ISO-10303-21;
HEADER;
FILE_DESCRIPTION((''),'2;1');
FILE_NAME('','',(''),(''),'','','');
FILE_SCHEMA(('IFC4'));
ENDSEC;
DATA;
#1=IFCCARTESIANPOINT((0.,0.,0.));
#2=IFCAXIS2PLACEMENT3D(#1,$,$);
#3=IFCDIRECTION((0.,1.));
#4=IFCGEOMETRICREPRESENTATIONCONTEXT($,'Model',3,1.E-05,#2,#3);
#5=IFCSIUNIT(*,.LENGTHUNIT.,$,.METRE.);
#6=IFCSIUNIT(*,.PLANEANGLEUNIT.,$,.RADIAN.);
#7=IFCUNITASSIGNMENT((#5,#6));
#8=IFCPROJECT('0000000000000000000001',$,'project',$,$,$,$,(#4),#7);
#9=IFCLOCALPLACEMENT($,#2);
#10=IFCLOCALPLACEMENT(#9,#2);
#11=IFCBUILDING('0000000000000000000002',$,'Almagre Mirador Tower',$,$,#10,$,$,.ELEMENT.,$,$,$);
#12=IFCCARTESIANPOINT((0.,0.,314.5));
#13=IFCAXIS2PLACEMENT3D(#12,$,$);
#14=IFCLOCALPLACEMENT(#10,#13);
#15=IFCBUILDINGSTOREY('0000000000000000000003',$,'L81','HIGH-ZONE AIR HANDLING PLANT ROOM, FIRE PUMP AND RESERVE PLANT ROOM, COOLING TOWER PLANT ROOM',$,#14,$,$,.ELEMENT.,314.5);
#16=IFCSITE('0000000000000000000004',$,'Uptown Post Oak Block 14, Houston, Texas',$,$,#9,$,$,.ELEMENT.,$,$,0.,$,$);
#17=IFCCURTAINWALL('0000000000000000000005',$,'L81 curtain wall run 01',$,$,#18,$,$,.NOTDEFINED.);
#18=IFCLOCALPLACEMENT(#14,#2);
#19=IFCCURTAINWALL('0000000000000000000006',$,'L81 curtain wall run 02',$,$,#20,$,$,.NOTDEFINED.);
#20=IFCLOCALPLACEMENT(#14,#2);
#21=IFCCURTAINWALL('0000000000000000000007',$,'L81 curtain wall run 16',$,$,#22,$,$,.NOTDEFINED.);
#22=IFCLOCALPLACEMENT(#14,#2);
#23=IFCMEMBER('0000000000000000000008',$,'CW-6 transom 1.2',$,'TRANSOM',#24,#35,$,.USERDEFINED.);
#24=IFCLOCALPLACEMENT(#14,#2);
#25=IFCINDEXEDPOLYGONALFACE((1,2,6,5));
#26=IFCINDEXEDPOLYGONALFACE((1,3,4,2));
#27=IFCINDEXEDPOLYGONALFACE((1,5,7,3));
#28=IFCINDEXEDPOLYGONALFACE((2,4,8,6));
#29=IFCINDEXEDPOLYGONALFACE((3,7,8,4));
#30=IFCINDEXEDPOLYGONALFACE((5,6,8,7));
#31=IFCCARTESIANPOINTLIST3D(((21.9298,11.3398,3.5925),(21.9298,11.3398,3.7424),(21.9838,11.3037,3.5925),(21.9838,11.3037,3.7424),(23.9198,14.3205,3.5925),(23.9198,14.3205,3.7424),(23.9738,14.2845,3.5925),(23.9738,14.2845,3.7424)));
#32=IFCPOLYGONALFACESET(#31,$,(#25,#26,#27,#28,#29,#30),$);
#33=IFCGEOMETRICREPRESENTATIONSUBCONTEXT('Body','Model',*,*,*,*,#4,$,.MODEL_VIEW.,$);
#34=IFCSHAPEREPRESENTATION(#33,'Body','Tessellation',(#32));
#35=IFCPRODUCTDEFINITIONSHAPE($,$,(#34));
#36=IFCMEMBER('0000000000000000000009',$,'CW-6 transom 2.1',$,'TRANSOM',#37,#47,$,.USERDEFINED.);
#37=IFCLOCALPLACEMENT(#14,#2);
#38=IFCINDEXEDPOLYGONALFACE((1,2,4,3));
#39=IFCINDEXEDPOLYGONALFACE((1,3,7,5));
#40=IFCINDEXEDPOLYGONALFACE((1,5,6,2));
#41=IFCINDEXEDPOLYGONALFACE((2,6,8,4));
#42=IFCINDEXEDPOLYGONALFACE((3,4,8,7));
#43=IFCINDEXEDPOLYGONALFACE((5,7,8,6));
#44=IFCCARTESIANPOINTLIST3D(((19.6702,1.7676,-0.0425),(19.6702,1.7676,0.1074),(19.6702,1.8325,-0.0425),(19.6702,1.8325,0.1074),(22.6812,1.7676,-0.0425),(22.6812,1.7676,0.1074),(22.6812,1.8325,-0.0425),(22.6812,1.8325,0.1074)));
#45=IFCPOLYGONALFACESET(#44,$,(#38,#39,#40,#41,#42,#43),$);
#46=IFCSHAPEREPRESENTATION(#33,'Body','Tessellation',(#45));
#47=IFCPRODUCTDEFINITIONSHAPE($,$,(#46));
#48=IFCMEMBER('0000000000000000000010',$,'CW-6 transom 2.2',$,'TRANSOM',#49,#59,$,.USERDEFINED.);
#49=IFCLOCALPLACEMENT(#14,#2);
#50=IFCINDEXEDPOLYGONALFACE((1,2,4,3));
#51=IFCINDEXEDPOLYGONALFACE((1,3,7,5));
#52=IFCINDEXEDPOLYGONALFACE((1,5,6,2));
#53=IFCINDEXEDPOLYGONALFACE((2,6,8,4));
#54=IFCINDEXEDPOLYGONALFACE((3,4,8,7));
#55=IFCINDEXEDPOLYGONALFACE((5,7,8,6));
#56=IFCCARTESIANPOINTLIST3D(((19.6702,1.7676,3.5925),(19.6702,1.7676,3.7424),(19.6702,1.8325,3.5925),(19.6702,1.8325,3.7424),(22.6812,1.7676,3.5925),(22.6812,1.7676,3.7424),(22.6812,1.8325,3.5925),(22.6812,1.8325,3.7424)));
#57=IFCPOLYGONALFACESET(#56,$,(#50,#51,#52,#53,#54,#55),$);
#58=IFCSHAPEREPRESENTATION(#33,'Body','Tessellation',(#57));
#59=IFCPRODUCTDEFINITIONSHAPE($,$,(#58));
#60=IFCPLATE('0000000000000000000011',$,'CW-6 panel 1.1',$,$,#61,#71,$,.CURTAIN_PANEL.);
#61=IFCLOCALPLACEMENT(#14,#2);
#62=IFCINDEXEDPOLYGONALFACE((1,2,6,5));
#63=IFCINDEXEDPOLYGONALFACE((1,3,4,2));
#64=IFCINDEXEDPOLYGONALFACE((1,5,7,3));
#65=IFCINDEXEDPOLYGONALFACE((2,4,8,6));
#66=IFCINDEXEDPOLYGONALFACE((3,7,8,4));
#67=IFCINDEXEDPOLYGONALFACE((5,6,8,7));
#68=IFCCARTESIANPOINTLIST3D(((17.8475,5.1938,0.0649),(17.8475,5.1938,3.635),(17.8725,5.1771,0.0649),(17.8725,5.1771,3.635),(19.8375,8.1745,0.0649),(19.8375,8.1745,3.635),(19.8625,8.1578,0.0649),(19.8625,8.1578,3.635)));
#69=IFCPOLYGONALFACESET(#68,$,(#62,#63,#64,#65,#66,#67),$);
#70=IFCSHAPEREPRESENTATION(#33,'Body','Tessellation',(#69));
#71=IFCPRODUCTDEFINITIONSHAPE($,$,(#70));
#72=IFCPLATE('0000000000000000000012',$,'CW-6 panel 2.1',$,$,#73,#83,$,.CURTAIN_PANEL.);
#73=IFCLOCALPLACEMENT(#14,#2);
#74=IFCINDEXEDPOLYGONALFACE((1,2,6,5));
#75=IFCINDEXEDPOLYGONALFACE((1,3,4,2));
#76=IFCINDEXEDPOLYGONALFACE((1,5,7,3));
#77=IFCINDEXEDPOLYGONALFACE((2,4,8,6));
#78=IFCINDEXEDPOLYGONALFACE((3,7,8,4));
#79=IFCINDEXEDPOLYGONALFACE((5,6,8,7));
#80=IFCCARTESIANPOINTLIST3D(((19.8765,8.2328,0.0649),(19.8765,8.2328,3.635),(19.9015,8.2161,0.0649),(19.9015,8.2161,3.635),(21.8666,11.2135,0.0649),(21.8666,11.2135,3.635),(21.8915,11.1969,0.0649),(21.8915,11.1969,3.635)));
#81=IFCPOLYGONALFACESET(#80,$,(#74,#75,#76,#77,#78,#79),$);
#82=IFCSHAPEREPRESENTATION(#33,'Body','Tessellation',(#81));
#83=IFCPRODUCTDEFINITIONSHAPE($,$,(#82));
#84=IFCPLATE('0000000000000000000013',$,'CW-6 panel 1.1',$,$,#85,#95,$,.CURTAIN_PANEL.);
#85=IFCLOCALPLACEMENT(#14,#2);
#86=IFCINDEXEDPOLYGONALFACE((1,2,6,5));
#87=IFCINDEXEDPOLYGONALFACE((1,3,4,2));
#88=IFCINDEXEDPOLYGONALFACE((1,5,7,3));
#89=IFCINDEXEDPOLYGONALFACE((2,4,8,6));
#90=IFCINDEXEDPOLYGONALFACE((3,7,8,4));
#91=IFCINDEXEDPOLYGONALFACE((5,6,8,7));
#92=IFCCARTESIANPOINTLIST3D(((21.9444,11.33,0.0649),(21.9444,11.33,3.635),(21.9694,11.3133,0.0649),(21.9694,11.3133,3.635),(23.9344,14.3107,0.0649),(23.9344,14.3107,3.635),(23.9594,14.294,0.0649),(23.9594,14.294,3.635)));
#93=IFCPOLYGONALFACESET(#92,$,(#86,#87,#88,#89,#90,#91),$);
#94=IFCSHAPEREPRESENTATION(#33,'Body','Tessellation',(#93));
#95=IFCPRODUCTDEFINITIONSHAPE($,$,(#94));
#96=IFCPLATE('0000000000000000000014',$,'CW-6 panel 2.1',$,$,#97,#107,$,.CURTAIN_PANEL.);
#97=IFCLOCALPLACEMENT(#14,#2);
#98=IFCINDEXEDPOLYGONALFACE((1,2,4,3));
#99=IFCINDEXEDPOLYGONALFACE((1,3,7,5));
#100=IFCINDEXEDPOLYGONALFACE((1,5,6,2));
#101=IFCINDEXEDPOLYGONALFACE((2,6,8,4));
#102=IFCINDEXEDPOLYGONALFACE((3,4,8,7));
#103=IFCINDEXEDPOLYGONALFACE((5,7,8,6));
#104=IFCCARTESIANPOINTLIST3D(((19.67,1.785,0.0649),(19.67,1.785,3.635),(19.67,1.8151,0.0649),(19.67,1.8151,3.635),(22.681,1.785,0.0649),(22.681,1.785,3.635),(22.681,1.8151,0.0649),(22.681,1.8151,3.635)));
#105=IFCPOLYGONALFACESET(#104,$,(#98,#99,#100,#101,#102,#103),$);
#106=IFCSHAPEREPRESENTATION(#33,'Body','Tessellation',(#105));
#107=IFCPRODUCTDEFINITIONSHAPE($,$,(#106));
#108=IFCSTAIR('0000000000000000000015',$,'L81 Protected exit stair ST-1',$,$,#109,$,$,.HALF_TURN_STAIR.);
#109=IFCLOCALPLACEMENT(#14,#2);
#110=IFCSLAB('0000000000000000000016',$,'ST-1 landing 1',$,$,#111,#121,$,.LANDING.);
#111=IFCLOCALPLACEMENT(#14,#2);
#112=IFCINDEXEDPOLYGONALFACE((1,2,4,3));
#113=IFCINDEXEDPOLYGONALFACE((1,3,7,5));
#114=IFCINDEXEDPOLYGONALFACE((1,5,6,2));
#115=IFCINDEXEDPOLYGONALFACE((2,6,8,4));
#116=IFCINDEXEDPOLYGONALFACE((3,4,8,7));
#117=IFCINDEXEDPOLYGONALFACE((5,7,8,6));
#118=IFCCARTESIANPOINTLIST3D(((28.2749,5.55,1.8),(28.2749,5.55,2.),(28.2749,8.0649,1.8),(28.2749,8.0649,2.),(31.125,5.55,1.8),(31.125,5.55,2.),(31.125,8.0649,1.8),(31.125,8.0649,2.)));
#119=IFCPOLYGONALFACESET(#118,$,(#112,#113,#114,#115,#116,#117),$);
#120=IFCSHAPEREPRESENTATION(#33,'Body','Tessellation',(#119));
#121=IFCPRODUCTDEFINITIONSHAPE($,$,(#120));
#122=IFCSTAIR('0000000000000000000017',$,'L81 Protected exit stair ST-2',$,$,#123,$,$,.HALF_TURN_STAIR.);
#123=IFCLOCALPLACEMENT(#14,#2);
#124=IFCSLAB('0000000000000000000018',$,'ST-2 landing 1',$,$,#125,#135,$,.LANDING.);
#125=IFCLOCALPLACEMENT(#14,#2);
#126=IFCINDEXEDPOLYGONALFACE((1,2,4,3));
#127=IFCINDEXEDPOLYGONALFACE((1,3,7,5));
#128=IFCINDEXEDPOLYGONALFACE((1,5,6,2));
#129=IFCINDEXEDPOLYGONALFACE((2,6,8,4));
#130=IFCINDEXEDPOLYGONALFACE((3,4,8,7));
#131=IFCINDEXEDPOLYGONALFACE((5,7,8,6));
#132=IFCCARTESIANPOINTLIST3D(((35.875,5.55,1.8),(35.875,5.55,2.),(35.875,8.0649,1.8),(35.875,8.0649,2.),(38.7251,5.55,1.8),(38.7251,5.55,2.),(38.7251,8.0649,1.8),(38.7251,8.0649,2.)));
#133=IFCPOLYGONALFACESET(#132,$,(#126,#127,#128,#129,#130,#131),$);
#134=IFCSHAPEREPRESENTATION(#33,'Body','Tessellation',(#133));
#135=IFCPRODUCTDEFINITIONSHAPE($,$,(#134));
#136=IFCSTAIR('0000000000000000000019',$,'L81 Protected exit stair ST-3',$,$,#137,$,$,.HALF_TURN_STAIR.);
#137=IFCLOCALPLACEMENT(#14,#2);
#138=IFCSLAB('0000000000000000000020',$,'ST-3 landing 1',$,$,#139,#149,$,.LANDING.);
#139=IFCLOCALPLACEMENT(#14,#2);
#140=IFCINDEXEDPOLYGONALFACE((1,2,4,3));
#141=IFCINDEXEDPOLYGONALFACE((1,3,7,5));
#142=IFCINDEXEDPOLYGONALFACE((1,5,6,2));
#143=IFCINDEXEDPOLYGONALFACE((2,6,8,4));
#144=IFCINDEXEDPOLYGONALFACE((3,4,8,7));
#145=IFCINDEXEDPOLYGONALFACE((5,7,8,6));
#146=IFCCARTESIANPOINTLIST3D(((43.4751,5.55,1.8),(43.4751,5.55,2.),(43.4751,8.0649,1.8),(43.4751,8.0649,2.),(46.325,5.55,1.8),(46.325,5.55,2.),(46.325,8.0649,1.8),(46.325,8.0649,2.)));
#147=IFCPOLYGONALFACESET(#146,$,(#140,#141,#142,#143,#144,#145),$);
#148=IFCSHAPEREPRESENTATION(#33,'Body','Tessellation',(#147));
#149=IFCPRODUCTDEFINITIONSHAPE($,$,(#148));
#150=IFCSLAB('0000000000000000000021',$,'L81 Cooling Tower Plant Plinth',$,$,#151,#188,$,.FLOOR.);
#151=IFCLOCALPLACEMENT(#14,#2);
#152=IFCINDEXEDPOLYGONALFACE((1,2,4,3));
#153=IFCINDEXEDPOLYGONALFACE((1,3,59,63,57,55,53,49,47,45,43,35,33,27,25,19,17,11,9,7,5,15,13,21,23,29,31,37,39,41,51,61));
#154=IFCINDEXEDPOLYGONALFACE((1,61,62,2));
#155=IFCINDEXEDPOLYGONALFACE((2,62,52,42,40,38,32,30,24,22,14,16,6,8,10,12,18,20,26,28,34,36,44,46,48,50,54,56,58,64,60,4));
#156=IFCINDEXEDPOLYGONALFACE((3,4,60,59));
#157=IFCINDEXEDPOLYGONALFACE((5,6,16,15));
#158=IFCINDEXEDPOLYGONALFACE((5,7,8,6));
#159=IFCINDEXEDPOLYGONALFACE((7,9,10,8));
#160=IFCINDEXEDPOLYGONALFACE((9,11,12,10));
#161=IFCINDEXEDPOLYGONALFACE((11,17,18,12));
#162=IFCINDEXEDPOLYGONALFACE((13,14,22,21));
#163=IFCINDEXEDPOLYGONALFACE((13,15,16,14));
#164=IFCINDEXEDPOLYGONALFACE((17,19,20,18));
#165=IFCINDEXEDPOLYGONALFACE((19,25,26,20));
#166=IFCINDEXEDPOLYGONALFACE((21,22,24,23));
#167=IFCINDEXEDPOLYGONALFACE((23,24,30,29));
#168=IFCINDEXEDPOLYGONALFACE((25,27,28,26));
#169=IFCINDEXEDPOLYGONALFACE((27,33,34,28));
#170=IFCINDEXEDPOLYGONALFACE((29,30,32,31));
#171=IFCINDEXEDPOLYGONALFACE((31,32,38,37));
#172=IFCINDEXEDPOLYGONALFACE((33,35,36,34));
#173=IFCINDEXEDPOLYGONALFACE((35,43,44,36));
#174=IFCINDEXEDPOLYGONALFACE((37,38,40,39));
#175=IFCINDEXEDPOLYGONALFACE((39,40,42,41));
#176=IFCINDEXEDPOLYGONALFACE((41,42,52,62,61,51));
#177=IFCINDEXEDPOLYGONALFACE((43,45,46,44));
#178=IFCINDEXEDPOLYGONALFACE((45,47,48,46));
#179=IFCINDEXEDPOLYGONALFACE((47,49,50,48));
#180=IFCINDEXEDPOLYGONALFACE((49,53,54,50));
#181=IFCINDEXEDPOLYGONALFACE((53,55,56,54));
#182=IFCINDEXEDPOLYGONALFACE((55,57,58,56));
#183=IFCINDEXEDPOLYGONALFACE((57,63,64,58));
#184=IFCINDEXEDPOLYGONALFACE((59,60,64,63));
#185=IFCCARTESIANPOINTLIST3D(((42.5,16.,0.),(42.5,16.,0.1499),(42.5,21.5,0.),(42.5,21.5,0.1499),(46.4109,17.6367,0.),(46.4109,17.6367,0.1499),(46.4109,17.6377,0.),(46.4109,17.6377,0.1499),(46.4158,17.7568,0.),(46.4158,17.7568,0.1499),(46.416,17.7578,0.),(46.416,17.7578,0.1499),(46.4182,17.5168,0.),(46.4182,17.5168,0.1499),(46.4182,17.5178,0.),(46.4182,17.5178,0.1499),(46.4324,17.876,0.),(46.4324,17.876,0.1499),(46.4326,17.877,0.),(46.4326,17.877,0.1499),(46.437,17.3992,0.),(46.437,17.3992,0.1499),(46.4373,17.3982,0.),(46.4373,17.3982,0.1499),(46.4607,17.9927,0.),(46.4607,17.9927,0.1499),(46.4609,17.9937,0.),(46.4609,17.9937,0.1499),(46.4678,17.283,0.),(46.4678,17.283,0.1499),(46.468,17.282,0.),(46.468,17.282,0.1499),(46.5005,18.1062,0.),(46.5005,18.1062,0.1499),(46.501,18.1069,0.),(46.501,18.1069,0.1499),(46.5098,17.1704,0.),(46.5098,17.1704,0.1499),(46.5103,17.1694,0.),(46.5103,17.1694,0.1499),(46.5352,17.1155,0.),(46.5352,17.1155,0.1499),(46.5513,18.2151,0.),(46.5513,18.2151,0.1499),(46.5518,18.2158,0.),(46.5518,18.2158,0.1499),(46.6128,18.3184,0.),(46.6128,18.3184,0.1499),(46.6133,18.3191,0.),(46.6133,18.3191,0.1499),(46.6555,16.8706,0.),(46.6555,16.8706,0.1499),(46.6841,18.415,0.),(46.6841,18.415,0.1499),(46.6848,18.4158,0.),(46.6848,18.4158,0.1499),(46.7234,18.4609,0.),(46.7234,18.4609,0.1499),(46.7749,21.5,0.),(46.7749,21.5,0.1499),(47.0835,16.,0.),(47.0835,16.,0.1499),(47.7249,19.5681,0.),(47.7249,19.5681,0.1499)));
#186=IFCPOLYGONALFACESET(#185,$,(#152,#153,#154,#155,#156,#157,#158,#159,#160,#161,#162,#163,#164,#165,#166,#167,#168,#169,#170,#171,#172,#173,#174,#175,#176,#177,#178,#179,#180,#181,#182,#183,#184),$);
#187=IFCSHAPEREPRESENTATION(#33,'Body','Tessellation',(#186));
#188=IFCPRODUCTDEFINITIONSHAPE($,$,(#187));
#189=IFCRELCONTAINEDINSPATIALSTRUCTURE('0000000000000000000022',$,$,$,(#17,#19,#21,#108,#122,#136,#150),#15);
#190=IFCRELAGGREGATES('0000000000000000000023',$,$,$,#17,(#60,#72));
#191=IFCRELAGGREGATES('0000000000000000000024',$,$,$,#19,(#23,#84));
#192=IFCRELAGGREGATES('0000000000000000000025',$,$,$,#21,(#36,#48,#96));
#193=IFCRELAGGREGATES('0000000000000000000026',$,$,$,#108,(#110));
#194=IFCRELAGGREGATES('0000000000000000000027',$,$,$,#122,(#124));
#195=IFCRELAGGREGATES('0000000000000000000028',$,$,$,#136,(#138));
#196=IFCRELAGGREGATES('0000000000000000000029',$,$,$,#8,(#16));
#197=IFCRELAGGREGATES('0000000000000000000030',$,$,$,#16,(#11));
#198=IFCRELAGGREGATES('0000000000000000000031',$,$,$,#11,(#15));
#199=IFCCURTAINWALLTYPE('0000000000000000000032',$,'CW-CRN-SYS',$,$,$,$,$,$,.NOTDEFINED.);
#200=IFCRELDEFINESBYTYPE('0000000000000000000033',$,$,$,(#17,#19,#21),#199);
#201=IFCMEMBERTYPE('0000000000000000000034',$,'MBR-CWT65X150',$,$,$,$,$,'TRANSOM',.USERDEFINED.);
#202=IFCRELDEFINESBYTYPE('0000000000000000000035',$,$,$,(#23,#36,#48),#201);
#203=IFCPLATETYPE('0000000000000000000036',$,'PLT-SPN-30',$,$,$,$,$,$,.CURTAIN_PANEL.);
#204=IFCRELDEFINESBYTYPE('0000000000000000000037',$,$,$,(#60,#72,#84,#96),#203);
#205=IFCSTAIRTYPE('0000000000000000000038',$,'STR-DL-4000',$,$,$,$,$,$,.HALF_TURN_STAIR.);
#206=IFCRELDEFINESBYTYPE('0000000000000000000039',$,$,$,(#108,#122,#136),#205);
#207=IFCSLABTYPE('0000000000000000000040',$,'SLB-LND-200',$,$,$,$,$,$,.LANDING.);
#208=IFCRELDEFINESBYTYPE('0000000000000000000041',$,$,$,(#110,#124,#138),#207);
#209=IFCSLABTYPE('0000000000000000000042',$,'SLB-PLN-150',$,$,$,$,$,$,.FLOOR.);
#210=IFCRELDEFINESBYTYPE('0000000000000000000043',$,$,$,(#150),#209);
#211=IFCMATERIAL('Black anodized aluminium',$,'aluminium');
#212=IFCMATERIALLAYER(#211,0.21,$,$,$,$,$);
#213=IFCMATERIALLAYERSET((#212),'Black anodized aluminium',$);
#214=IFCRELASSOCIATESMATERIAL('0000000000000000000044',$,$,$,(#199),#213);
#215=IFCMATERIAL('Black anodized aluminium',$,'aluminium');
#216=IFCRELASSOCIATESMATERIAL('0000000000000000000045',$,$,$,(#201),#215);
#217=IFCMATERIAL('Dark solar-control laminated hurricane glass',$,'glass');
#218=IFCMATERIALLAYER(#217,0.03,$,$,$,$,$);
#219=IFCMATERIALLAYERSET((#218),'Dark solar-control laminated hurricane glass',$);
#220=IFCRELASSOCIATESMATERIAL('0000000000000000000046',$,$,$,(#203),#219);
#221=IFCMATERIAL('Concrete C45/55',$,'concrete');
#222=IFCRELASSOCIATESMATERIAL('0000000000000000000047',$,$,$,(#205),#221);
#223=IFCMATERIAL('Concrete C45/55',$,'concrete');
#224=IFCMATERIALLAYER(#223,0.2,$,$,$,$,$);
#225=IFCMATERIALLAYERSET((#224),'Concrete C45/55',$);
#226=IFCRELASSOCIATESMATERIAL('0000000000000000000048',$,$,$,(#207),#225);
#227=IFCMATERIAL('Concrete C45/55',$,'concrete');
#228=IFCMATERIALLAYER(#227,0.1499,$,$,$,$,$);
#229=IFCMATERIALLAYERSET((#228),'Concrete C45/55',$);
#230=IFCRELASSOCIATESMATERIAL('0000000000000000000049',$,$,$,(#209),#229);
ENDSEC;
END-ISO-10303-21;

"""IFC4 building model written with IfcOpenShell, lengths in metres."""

from ifc_helpers import new_model, si_unit, direction, frame, origin, origin_2d, place, context, subcontext, project, spatial, polyline, rectangle, outline, extrude, material, layer, layer_set, material_profile, profile_set, type_object, element, aggregate, save


model = new_model("IFC4")

# Units and contexts
model_context = context("Model", 3, precision=1e-05, world=origin(), true_north=direction((0.0, 1.0)))
body_context = subcontext(model_context, "Body", "Model", "MODEL_VIEW")
ifc_project = project(units=[si_unit("LENGTHUNIT", "METRE"), si_unit("PLANEANGLEUNIT", "RADIAN")], contexts=[model_context])

# Site, building, storey
site_placement = place(None, origin())
site = spatial("IfcSite", under=ifc_project, at=site_placement, Name="Uptown Post Oak Block 14, Houston, Texas", CompositionType="ELEMENT", RefElevation=0.0)
building_placement = place(site_placement, origin())
building = spatial("IfcBuilding", under=site, at=building_placement, Name="Almagre Mirador Tower", CompositionType="ELEMENT")
storey_placement = place(building_placement, frame((0.0, 0.0, 314.5)))
storey = spatial("IfcBuildingStorey", under=building, at=storey_placement, Name="L81", Description="HIGH-ZONE AIR HANDLING PLANT ROOM, FIRE PUMP AND RESERVE PLANT ROOM, COOLING TOWER PLANT ROOM", CompositionType="ELEMENT", Elevation=314.5)

# Curtain wall
ifc_material_1 = material(Name="Black anodized aluminium", Category="aluminium")
ifc_layer_1 = layer(ifc_material_1, 0.21)
ifc_layer_set_1 = layer_set([ifc_layer_1], Name="Black anodized aluminium")
curtain_wall_type = type_object("IfcCurtainWallType", Name="CW-CRN-SYS", PredefinedType="NOTDEFINED", material=ifc_layer_set_1)
curtain_wall_1_placement = place(storey_placement, origin())
curtain_wall_1 = element("IfcCurtainWall", 1, at=curtain_wall_1_placement, inside=storey, type_object=curtain_wall_type, Name="L81 curtain wall run 01", PredefinedType="NOTDEFINED")

# Curtain wall
curtain_wall_2_placement = place(storey_placement, origin())
curtain_wall_2 = element("IfcCurtainWall", 2, at=curtain_wall_2_placement, inside=storey, type_object=curtain_wall_type, Name="L81 curtain wall run 02", PredefinedType="NOTDEFINED")

# Curtain wall
curtain_wall_3_placement = place(storey_placement, origin())
curtain_wall_3 = element("IfcCurtainWall", 3, at=curtain_wall_3_placement, inside=storey, type_object=curtain_wall_type, Name="L81 curtain wall run 16", PredefinedType="NOTDEFINED")

# Members
ifc_material_2 = material(Name="Black anodized aluminium", Category="aluminium")
ifc_material_profile_1 = material_profile(ifc_material_2, rectangle(XDim=0.0649, YDim=0.1499, at=origin_2d()), Name="CWT65X150")
ifc_profile_set_1 = profile_set([ifc_material_profile_1], Name="Black anodized aluminium")
member_type_1 = type_object("IfcMemberType", Name="MBR-CWT65X150", ElementType="TRANSOM", PredefinedType="USERDEFINED", material=ifc_profile_set_1)
member_1_placement = place(storey_placement, frame((21.9568, 11.3218, 3.6675), z_axis=(0.55525, 0.831683, 0.0), x_axis=(-0.831683, 0.55525, 0.0)))
member_1 = element("IfcMember", 4, at=member_1_placement, type_object=member_type_1, Name="CW-6 transom 1.2", ObjectType="TRANSOM", PredefinedType="USERDEFINED", context=body_context, shape_type="SweptSolid", body=[
    extrude(rectangle(XDim=0.0649, YDim=0.1499, at=origin_2d()), origin(), (0.0, 0.0, 1.0), 3.584),
])
member_2_placement = place(storey_placement, frame((22.6812, 1.8, 0.0325), z_axis=(-1.0, 0.0, 0.0), x_axis=(0.0, -1.0, 0.0)))
member_2 = element("IfcMember", 5, at=member_2_placement, type_object=member_type_1, Name="CW-6 transom 2.1", ObjectType="TRANSOM", PredefinedType="USERDEFINED", context=body_context, shape_type="SweptSolid", body=[
    extrude(rectangle(XDim=0.0649, YDim=0.1499, at=origin_2d()), origin(), (0.0, 0.0, 1.0), 3.011),
])
member_3_placement = place(storey_placement, frame((22.6812, 1.8, 3.6675), z_axis=(-1.0, 0.0, 0.0), x_axis=(0.0, -1.0, 0.0)))
member_3 = element("IfcMember", 6, at=member_3_placement, type_object=member_type_1, Name="CW-6 transom 2.2", ObjectType="TRANSOM", PredefinedType="USERDEFINED", context=body_context, shape_type="SweptSolid", body=[
    extrude(rectangle(XDim=0.0649, YDim=0.1499, at=origin_2d()), origin(), (0.0, 0.0, 1.0), 3.011),
])

# Plates
ifc_material_3 = material(Name="Dark solar-control laminated hurricane glass", Category="glass")
ifc_layer_2 = layer(ifc_material_3, 0.03)
ifc_layer_set_2 = layer_set([ifc_layer_2], Name="Dark solar-control laminated hurricane glass")
plate_type = type_object("IfcPlateType", Name="PLT-SPN-30", PredefinedType="CURTAIN_PANEL", material=ifc_layer_set_2)
plate_1_placement = place(storey_placement, frame((18.855, 6.6758, 0.0649), z_axis=(0.0, 0.0, 1.0), x_axis=(0.555257, 0.831679, 0.0)))
plate_1 = element("IfcPlate", 7, at=plate_1_placement, type_object=plate_type, Name="CW-6 panel 1.1", PredefinedType="CURTAIN_PANEL", context=body_context, shape_type="SweptSolid", body=[
    extrude(rectangle(XDim=3.584, YDim=0.03, at=origin_2d()), origin(), (0.0, 0.0, 1.0), 3.5701),
])
plate_2_placement = place(storey_placement, frame((20.884, 9.7148, 0.0649), z_axis=(0.0, 0.0, 1.0), x_axis=(0.555257, 0.831679, 0.0)))
plate_2 = element("IfcPlate", 8, at=plate_2_placement, type_object=plate_type, Name="CW-6 panel 2.1", PredefinedType="CURTAIN_PANEL", context=body_context, shape_type="SweptSolid", body=[
    extrude(rectangle(XDim=3.584, YDim=0.03, at=origin_2d()), origin(), (0.0, 0.0, 1.0), 3.5701),
])
aggregate(curtain_wall_1, [plate_1, plate_2])
plate_3_placement = place(storey_placement, frame((22.9519, 12.812, 0.0649), z_axis=(0.0, 0.0, 1.0), x_axis=(0.555247, 0.831685, 0.0)))
plate_3 = element("IfcPlate", 9, at=plate_3_placement, type_object=plate_type, Name="CW-6 panel 1.1", PredefinedType="CURTAIN_PANEL", context=body_context, shape_type="SweptSolid", body=[
    extrude(rectangle(XDim=3.584, YDim=0.03, at=origin_2d()), origin(), (0.0, 0.0, 1.0), 3.5701),
])
aggregate(curtain_wall_2, [member_1, plate_3])
plate_4_placement = place(storey_placement, frame((21.1755, 1.8, 0.0649), z_axis=(0.0, 0.0, 1.0), x_axis=(-1.0, 0.0, 0.0)))
plate_4 = element("IfcPlate", 10, at=plate_4_placement, type_object=plate_type, Name="CW-6 panel 2.1", PredefinedType="CURTAIN_PANEL", context=body_context, shape_type="SweptSolid", body=[
    extrude(rectangle(XDim=3.011, YDim=0.03, at=origin_2d()), origin(), (0.0, 0.0, 1.0), 3.5701),
])
aggregate(curtain_wall_3, [member_2, member_3, plate_4])

# Stairs, slabs
ifc_material_4 = material(Name="Concrete C45/55", Category="concrete")
stair_type = type_object("IfcStairType", Name="STR-DL-4000", PredefinedType="HALF_TURN_STAIR", material=ifc_material_4)
stair_1_placement = place(storey_placement, origin())
stair_1 = element("IfcStair", 11, at=stair_1_placement, inside=storey, type_object=stair_type, Name="L81 Protected exit stair ST-1", PredefinedType="HALF_TURN_STAIR")
ifc_material_5 = material(Name="Concrete C45/55", Category="concrete")
ifc_layer_3 = layer(ifc_material_5, 0.2)
ifc_layer_set_3 = layer_set([ifc_layer_3], Name="Concrete C45/55")
slab_type_1 = type_object("IfcSlabType", Name="SLB-LND-200", PredefinedType="LANDING", material=ifc_layer_set_3)
slab_1_placement = place(storey_placement, frame((0.0, 0.0, 1.8)))
slab_1 = element("IfcSlab", 12, at=slab_1_placement, type_object=slab_type_1, Name="ST-1 landing 1", PredefinedType="LANDING", context=body_context, shape_type="SweptSolid", body=[
    extrude(outline(polyline([(28.2749, 8.0649), (28.2749, 5.55), (31.125, 5.55), (31.125, 8.0649), (28.2749, 8.0649)])), origin(), (0.0, 0.0, 1.0), 0.2),
])
aggregate(stair_1, [slab_1])
stair_2_placement = place(storey_placement, origin())
stair_2 = element("IfcStair", 13, at=stair_2_placement, inside=storey, type_object=stair_type, Name="L81 Protected exit stair ST-2", PredefinedType="HALF_TURN_STAIR")
slab_2_placement = place(storey_placement, frame((0.0, 0.0, 1.8)))
slab_2 = element("IfcSlab", 14, at=slab_2_placement, type_object=slab_type_1, Name="ST-2 landing 1", PredefinedType="LANDING", context=body_context, shape_type="SweptSolid", body=[
    extrude(outline(polyline([(35.875, 8.0649), (35.875, 5.55), (38.7251, 5.55), (38.7251, 8.0649), (35.875, 8.0649)])), origin(), (0.0, 0.0, 1.0), 0.2),
])
aggregate(stair_2, [slab_2])
stair_3_placement = place(storey_placement, origin())
stair_3 = element("IfcStair", 15, at=stair_3_placement, inside=storey, type_object=stair_type, Name="L81 Protected exit stair ST-3", PredefinedType="HALF_TURN_STAIR")
slab_3_placement = place(storey_placement, frame((0.0, 0.0, 1.8)))
slab_3 = element("IfcSlab", 16, at=slab_3_placement, type_object=slab_type_1, Name="ST-3 landing 1", PredefinedType="LANDING", context=body_context, shape_type="SweptSolid", body=[
    extrude(outline(polyline([(43.4751, 8.0649), (43.4751, 5.55), (46.325, 5.55), (46.325, 8.0649), (43.4751, 8.0649)])), origin(), (0.0, 0.0, 1.0), 0.2),
])
aggregate(stair_3, [slab_3])

# Slab
ifc_material_6 = material(Name="Concrete C45/55", Category="concrete")
ifc_layer_4 = layer(ifc_material_6, 0.1499)
ifc_layer_set_4 = layer_set([ifc_layer_4], Name="Concrete C45/55")
slab_type_2 = type_object("IfcSlabType", Name="SLB-PLN-150", PredefinedType="FLOOR", material=ifc_layer_set_4)
slab_4_placement = place(storey_placement, origin())
element("IfcSlab", 17, at=slab_4_placement, inside=storey, type_object=slab_type_2, Name="L81 Cooling Tower Plant Plinth", PredefinedType="FLOOR", context=body_context, shape_type="SweptSolid", body=[
    extrude(outline(polyline([(47.0835, 16.0), (46.6555, 16.8706), (46.5352, 17.1155), (46.5103, 17.1694), (46.5098, 17.1704), (46.468, 17.282), (46.4678, 17.283), (46.4373, 17.3982), (46.437, 17.3992), (46.4182, 17.5168), (46.4182, 17.5178), (46.4109, 17.6367), (46.4109, 17.6377), (46.4158, 17.7568), (46.416, 17.7578), (46.4324, 17.876), (46.4326, 17.877), (46.4607, 17.9927), (46.4609, 17.9937), (46.5005, 18.1062), (46.501, 18.1069), (46.5513, 18.2151), (46.5518, 18.2158), (46.6128, 18.3184), (46.6133, 18.3191), (46.6841, 18.415), (46.6848, 18.4158), (46.7234, 18.4609), (47.7249, 19.5681), (46.7749, 21.5), (42.5, 21.5), (42.5, 16.0), (47.0835, 16.0)])), origin(), (0.0, 0.0, 1.0), 0.1499),
])

save(model, "model.ifc")
